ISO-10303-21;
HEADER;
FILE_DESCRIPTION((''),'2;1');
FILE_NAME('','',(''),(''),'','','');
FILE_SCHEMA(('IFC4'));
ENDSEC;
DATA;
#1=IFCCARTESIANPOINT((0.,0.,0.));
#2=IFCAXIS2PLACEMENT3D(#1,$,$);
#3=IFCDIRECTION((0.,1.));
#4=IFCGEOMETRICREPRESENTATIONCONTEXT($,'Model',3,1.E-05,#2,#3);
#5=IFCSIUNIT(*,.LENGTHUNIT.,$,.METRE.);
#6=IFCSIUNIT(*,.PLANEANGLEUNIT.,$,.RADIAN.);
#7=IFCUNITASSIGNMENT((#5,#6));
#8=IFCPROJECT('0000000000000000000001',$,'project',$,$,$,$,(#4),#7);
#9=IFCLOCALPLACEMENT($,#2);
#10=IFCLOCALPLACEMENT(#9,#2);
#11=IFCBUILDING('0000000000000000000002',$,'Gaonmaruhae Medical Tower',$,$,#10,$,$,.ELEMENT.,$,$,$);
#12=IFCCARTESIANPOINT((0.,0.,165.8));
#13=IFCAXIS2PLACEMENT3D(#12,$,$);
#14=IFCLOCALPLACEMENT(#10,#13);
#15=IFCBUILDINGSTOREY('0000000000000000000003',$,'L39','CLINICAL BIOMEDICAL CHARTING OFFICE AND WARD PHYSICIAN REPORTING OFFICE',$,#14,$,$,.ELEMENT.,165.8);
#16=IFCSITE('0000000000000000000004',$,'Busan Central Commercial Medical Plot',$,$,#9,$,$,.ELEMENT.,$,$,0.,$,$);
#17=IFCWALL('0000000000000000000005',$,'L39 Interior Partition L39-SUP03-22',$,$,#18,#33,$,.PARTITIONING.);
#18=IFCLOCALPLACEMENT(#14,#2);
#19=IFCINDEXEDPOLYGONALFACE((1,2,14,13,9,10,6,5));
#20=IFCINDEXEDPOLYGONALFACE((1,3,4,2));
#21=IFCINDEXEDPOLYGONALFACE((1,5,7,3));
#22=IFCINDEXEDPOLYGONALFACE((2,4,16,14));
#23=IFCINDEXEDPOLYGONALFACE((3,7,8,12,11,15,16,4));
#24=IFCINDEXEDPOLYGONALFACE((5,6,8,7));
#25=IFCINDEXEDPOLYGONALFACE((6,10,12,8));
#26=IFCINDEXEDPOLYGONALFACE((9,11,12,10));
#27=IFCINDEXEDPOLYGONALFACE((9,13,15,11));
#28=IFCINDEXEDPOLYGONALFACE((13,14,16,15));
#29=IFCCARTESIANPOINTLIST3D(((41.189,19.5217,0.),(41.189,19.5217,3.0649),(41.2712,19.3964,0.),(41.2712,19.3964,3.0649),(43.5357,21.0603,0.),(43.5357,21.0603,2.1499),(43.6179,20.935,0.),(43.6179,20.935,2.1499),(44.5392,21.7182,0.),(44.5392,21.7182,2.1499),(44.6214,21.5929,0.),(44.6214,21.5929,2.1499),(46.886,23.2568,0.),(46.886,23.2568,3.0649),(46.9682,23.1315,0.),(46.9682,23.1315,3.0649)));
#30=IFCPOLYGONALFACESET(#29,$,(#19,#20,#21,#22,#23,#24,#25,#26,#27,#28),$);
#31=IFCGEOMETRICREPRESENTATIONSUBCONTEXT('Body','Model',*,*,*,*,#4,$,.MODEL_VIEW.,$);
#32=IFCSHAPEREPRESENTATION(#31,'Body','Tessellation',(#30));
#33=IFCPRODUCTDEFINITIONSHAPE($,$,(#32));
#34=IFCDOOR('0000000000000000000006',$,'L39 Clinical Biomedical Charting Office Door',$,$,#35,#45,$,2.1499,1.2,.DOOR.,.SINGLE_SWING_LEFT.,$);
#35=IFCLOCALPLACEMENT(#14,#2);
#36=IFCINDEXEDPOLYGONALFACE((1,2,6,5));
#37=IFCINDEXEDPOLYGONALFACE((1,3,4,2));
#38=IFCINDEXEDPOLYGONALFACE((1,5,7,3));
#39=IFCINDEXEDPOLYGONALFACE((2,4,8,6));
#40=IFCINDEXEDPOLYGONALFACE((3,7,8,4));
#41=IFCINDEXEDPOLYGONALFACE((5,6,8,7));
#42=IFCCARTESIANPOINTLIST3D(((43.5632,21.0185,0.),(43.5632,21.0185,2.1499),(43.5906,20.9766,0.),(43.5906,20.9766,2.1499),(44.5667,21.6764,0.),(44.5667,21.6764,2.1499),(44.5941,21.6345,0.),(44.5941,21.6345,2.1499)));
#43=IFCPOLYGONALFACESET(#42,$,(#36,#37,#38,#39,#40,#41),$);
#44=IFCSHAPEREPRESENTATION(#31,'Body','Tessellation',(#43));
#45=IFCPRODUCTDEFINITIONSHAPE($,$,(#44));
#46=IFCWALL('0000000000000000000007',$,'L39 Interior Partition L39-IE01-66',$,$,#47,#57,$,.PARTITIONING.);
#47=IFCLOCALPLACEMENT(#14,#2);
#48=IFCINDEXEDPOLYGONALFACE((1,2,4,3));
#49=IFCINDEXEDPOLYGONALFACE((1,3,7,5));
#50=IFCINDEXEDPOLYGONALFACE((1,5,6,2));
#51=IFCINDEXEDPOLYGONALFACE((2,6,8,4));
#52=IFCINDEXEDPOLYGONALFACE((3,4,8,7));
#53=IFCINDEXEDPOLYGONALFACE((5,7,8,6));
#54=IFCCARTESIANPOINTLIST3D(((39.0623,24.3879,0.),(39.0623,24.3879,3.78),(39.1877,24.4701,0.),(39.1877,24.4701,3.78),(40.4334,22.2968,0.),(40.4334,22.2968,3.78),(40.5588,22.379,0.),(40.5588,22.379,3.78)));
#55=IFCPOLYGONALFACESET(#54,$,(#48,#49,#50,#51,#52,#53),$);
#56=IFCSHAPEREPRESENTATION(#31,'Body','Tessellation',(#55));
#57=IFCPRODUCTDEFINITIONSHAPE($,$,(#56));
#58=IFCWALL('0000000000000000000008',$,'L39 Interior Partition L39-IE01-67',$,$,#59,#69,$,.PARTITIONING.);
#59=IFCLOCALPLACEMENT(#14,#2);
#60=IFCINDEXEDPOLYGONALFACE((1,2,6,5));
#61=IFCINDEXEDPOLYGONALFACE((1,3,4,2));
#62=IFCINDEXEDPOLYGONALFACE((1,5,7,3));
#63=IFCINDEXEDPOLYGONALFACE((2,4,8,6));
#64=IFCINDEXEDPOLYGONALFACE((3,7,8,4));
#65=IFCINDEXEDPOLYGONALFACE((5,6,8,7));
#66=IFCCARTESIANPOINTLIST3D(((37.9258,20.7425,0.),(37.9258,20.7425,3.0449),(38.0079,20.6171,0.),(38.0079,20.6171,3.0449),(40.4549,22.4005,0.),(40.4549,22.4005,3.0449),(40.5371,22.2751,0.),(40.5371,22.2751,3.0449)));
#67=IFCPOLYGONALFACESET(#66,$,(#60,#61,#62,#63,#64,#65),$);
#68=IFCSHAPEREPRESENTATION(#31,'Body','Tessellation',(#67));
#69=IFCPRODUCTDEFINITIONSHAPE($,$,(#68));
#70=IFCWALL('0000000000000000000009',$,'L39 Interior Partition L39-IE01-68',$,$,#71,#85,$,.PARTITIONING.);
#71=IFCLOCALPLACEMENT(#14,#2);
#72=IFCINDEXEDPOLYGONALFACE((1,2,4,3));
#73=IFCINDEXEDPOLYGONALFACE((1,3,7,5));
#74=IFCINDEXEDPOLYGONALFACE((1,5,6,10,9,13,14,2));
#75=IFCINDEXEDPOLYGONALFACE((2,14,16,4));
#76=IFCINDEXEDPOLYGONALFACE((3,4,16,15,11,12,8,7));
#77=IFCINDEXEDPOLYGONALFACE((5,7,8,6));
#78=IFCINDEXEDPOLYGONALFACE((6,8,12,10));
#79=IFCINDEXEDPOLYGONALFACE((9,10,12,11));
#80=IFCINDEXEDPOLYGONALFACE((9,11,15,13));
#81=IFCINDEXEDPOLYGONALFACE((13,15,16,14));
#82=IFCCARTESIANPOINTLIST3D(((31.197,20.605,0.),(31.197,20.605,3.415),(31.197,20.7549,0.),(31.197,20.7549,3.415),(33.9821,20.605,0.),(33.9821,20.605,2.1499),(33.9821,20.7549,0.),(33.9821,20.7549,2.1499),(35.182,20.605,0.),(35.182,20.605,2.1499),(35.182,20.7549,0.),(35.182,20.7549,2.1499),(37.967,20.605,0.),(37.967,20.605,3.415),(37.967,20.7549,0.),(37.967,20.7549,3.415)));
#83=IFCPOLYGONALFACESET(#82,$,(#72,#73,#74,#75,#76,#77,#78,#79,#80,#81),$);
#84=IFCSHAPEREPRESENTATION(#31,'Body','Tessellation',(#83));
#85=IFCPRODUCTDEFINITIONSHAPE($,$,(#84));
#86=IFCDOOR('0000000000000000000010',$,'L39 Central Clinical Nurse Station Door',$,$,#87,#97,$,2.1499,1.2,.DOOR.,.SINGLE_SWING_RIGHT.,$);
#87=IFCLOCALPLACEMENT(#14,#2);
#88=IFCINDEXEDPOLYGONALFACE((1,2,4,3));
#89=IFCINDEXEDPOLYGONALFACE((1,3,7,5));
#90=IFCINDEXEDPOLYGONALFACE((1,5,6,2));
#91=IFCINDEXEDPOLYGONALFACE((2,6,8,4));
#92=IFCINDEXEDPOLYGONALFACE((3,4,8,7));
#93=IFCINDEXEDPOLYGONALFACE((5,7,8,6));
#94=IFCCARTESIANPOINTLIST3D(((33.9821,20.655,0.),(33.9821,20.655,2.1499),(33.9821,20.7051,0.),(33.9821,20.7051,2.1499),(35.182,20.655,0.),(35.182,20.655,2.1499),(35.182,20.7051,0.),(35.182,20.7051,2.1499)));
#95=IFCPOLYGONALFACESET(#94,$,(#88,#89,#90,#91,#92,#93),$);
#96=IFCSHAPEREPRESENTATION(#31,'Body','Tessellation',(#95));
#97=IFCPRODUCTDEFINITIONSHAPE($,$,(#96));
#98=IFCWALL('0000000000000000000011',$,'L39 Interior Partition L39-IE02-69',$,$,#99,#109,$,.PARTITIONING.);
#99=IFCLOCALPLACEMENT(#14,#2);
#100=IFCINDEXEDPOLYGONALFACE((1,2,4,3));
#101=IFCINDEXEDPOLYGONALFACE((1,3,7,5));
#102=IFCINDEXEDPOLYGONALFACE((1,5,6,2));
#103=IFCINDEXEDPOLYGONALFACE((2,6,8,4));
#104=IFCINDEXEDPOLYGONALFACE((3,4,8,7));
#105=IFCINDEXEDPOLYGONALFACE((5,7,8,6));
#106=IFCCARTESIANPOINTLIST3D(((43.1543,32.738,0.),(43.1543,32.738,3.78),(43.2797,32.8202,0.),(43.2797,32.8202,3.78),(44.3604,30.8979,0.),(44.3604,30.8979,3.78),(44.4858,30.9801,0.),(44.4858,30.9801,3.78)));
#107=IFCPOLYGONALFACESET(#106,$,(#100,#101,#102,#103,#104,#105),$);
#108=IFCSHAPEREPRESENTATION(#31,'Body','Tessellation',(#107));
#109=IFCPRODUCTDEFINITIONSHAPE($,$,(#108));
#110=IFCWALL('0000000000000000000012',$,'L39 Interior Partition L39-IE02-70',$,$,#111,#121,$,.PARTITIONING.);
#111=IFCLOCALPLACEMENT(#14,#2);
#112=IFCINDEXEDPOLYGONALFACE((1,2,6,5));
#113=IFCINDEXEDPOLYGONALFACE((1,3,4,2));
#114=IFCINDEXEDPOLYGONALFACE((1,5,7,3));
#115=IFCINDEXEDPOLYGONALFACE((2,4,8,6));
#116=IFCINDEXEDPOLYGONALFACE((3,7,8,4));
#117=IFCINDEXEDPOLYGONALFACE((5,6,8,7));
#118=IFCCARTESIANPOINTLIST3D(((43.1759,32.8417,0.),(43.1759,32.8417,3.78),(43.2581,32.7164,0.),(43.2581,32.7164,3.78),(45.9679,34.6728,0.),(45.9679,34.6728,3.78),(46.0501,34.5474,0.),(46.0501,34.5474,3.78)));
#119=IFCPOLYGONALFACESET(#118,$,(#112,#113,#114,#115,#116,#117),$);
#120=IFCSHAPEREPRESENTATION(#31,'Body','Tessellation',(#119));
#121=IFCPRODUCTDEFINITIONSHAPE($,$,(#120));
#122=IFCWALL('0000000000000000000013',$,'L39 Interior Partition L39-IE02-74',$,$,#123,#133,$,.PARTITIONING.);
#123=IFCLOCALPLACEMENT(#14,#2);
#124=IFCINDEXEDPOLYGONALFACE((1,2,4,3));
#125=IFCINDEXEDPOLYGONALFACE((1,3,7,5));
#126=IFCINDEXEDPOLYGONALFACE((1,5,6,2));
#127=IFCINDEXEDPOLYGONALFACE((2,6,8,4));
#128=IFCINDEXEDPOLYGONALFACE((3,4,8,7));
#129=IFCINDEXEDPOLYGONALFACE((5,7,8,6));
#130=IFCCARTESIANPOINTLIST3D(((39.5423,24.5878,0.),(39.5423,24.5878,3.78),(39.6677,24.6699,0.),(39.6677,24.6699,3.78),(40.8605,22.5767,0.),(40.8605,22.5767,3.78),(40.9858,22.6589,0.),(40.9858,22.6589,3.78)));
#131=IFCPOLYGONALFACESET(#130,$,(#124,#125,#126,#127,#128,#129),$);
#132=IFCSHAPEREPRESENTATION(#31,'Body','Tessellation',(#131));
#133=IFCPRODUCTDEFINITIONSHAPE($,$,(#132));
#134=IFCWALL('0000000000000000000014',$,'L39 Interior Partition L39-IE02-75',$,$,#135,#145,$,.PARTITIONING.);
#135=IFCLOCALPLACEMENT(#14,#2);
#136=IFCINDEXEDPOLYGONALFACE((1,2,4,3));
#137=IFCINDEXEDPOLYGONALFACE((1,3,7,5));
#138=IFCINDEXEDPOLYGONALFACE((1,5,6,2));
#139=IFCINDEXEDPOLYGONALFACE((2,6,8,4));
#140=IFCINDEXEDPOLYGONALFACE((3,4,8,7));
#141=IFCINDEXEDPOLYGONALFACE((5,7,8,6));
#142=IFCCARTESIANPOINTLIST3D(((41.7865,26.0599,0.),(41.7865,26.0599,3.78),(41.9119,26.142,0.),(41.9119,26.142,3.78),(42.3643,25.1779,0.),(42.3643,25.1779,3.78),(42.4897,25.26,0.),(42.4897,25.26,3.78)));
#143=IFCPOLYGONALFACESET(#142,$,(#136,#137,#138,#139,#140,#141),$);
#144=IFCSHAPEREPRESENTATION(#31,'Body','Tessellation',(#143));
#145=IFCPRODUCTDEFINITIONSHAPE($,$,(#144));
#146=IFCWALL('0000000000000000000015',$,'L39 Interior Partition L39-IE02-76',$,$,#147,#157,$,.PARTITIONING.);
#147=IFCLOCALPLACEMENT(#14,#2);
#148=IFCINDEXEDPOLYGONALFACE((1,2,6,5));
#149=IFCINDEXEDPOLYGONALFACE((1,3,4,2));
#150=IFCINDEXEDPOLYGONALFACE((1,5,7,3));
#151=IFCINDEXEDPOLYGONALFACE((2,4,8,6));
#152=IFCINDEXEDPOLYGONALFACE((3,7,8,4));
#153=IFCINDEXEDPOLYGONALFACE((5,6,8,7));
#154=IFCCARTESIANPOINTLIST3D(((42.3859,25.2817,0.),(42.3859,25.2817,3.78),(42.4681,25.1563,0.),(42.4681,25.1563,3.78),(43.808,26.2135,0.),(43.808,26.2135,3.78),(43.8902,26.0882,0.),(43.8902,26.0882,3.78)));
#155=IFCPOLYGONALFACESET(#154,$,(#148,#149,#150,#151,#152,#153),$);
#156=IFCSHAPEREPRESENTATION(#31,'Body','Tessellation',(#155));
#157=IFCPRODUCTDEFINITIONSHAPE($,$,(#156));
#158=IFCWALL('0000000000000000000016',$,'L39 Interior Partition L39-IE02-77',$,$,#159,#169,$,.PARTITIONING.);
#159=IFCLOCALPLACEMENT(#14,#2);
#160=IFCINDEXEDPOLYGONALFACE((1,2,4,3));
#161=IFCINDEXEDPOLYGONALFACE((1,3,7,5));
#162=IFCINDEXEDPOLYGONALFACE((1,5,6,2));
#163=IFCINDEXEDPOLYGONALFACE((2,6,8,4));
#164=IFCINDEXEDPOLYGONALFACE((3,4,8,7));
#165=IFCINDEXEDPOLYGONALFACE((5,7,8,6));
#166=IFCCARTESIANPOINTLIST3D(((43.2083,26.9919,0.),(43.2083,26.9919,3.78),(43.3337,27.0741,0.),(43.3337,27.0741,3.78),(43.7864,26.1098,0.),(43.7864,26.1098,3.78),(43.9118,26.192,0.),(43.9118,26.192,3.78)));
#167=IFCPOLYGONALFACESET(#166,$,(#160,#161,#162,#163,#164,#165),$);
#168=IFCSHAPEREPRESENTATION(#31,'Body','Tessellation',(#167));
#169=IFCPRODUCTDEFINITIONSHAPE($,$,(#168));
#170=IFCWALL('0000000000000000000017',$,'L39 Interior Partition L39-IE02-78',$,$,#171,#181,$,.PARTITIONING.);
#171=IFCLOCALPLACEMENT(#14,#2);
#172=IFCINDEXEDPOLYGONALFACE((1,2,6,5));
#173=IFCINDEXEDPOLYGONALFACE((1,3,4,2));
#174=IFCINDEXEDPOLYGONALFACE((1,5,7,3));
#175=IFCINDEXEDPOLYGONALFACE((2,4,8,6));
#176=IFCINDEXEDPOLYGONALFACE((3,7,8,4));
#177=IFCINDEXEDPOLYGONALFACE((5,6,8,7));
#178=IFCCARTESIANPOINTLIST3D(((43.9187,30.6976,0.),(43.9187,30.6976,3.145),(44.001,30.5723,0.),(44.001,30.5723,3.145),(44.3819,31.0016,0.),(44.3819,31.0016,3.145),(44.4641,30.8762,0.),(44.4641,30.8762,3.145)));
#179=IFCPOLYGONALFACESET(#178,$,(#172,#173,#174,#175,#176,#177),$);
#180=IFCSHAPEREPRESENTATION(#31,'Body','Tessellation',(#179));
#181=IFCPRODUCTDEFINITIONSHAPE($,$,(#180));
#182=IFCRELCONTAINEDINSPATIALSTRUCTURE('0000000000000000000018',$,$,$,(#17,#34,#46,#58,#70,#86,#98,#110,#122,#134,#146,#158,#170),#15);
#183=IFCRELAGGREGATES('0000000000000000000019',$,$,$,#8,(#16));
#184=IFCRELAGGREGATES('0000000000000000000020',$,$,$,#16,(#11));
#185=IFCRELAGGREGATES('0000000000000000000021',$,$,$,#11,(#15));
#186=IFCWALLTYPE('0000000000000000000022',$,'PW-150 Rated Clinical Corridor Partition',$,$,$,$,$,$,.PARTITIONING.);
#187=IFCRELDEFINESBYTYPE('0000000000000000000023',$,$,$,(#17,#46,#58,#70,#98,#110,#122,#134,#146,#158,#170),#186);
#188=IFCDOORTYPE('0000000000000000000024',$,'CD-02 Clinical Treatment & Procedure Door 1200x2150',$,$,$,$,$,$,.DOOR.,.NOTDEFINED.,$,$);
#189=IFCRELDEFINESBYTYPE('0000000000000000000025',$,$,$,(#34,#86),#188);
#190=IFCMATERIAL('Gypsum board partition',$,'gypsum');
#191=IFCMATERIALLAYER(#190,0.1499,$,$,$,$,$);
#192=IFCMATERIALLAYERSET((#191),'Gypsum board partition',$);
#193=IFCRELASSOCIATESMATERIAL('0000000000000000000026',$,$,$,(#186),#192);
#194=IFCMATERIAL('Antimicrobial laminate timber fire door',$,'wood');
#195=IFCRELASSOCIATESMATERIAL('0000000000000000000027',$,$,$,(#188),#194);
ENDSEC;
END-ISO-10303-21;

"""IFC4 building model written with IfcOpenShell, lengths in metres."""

from ifc_helpers import new_model, si_unit, direction, frame, frame_2d, origin, place, context, subcontext, project, spatial, rectangle, extrude, material, layer, layer_set, type_object, element, fill, save


model = new_model("IFC4")

# Units and contexts
model_context = context("Model", 3, precision=1e-05, world=origin(), true_north=direction((0.0, 1.0)))
body_context = subcontext(model_context, "Body", "Model", "MODEL_VIEW")
ifc_project = project(units=[si_unit("LENGTHUNIT", "METRE"), si_unit("PLANEANGLEUNIT", "RADIAN")], contexts=[model_context])

# Site, building, storey
site_placement = place(None, origin())
site = spatial("IfcSite", under=ifc_project, at=site_placement, Name="Busan Central Commercial Medical Plot", CompositionType="ELEMENT", RefElevation=0.0)
building_placement = place(site_placement, origin())
building = spatial("IfcBuilding", under=site, at=building_placement, Name="Gaonmaruhae Medical Tower", CompositionType="ELEMENT")
storey_placement = place(building_placement, frame((0.0, 0.0, 165.8)))
storey = spatial("IfcBuildingStorey", under=building, at=storey_placement, Name="L39", Description="CLINICAL BIOMEDICAL CHARTING OFFICE AND WARD PHYSICIAN REPORTING OFFICE", CompositionType="ELEMENT", Elevation=165.8)

# Wall, opening, door
ifc_material_1 = material(Name="Gypsum board partition", Category="gypsum")
ifc_layer_1 = layer(ifc_material_1, 0.1499)
ifc_layer_set_1 = layer_set([ifc_layer_1], Name="Gypsum board partition")
wall_type_1 = type_object("IfcWallType", Name="PW-150 Rated Clinical Corridor Partition", PredefinedType="PARTITIONING", material=ifc_layer_set_1)
wall_1_placement = place(storey_placement, frame((41.23, 19.459, 0.0), z_axis=(0.0, 0.0, 1.0), x_axis=(0.836288, 0.548291, 0.0)))
wall_1 = element("IfcWall", 1, at=wall_1_placement, inside=storey, type_object=wall_type_1, Name="L39 Interior Partition L39-SUP03-22", PredefinedType="PARTITIONING", context=body_context, shape_type="SweptSolid", body=[
    extrude(rectangle(XDim=6.8123, YDim=0.1499, at=frame_2d((3.4062, 0.0))), origin(), (0.0, 0.0, 1.0), 3.0649),
])
opening_1_placement = place(wall_1_placement, frame((2.8062, 0.0, 0.0)))
opening_1 = element("IfcOpeningElement", 2, at=opening_1_placement, cuts=wall_1, PredefinedType="OPENING", context=body_context, shape_type="SweptSolid", body=[
    extrude(rectangle(XDim=1.2, YDim=2.1499, at=frame_2d((0.6001, 1.075))), frame((0.0, 0.085, 0.0), z_axis=(0.0, -1.0, 0.0), x_axis=(1.0, 0.0, 0.0)), (0.0, 0.0, 1.0), 0.1699),
])
ifc_material_2 = material(Name="Antimicrobial laminate timber fire door", Category="wood")
door_type_1 = type_object("IfcDoorType", Name="CD-02 Clinical Treatment & Procedure Door 1200x2150", OperationType="NOTDEFINED", PredefinedType="DOOR", material=ifc_material_2)
door_1_placement = place(opening_1_placement, origin())
door_1 = element("IfcDoor", 3, at=door_1_placement, inside=storey, type_object=door_type_1, Name="L39 Clinical Biomedical Charting Office Door", OperationType="SINGLE_SWING_LEFT", OverallHeight=2.1499, OverallWidth=1.2, PredefinedType="DOOR", context=body_context, shape_type="SweptSolid", body=[
    extrude(rectangle(XDim=1.2, YDim=2.1499, at=frame_2d((0.6001, 1.075))), frame((0.0, 0.0249, 0.0), z_axis=(0.0, -1.0, 0.0), x_axis=(1.0, 0.0, 0.0)), (0.0, 0.0, 1.0), 0.05),
])
fill(opening_1, door_1)

# Walls
wall_2_placement = place(storey_placement, frame((39.125, 24.429, 0.0), z_axis=(0.0, 0.0, 1.0), x_axis=(0.54833, -0.836262, 0.0)))
element("IfcWall", 4, at=wall_2_placement, inside=storey, type_object=wall_type_1, Name="L39 Interior Partition L39-IE01-66", PredefinedType="PARTITIONING", context=body_context, shape_type="SweptSolid", body=[
    extrude(rectangle(XDim=2.5005, YDim=0.1499, at=frame_2d((1.2502, 0.0))), origin(), (0.0, 0.0, 1.0), 3.78),
])
wall_3_placement = place(storey_placement, frame((40.4961, 22.3379, 0.0), z_axis=(0.0, 0.0, 1.0), x_axis=(-0.836311, -0.548256, 0.0)))
element("IfcWall", 5, at=wall_3_placement, inside=storey, type_object=wall_type_1, Name="L39 Interior Partition L39-IE01-67", PredefinedType="PARTITIONING", context=body_context, shape_type="SweptSolid", body=[
    extrude(rectangle(XDim=3.0242, YDim=0.1499, at=frame_2d((1.5122, 0.0))), origin(), (0.0, 0.0, 1.0), 3.0449),
])

# Wall, opening, door
wall_4_placement = place(storey_placement, frame((37.967, 20.6799, 0.0), z_axis=(0.0, 0.0, 1.0), x_axis=(-1.0, 0.0, 0.0)))
wall_4 = element("IfcWall", 6, at=wall_4_placement, inside=storey, type_object=wall_type_1, Name="L39 Interior Partition L39-IE01-68", PredefinedType="PARTITIONING", context=body_context, shape_type="SweptSolid", body=[
    extrude(rectangle(XDim=6.77, YDim=0.1499, at=frame_2d((3.385, 0.0))), origin(), (0.0, 0.0, 1.0), 3.415),
])
opening_2_placement = place(wall_4_placement, frame((2.7849, 0.0, 0.0)))
opening_2 = element("IfcOpeningElement", 7, at=opening_2_placement, cuts=wall_4, PredefinedType="OPENING", context=body_context, shape_type="SweptSolid", body=[
    extrude(rectangle(XDim=1.2, YDim=2.1499, at=frame_2d((0.6001, 1.075))), frame((0.0, 0.085, 0.0), z_axis=(0.0, -1.0, 0.0), x_axis=(1.0, 0.0, 0.0)), (0.0, 0.0, 1.0), 0.1699),
])
door_2_placement = place(opening_2_placement, origin())
door_2 = element("IfcDoor", 8, at=door_2_placement, inside=storey, type_object=door_type_1, Name="L39 Central Clinical Nurse Station Door", OperationType="SINGLE_SWING_RIGHT", OverallHeight=2.1499, OverallWidth=1.2, PredefinedType="DOOR", context=body_context, shape_type="SweptSolid", body=[
    extrude(rectangle(XDim=1.2, YDim=2.1499, at=frame_2d((0.6001, 1.075))), frame((0.0, 0.0249, 0.0), z_axis=(0.0, -1.0, 0.0), x_axis=(1.0, 0.0, 0.0)), (0.0, 0.0, 1.0), 0.05),
])
fill(opening_2, door_2)

# Walls
wall_5_placement = place(storey_placement, frame((44.4231, 30.939, 0.0), z_axis=(0.0, 0.0, 1.0), x_axis=(-0.548179, 0.836361, 0.0)))
element("IfcWall", 9, at=wall_5_placement, inside=storey, type_object=wall_type_1, Name="L39 Interior Partition L39-IE02-69", PredefinedType="PARTITIONING", context=body_context, shape_type="SweptSolid", body=[
    extrude(rectangle(XDim=2.2002, YDim=0.1499, at=frame_2d((1.1001, 0.0))), origin(), (0.0, 0.0, 1.0), 3.78),
])
wall_6_placement = place(storey_placement, frame((43.217, 32.7791, 0.0), z_axis=(0.0, 0.0, 1.0), x_axis=(0.836211, 0.548407, 0.0)))
element("IfcWall", 10, at=wall_6_placement, inside=storey, type_object=wall_type_1, Name="L39 Interior Partition L39-IE02-70", PredefinedType="PARTITIONING", context=body_context, shape_type="SweptSolid", body=[
    extrude(rectangle(XDim=3.3389, YDim=0.1499, at=frame_2d((1.6694, 0.0))), origin(), (0.0, 0.0, 1.0), 3.78),
])
wall_7_placement = place(storey_placement, frame((40.9231, 22.6179, 0.0), z_axis=(0.0, 0.0, 1.0), x_axis=(-0.548193, 0.836352, 0.0)))
element("IfcWall", 11, at=wall_7_placement, inside=storey, type_object=wall_type_1, Name="L39 Interior Partition L39-IE02-74", PredefinedType="PARTITIONING", context=body_context, shape_type="SweptSolid", body=[
    extrude(rectangle(XDim=2.4045, YDim=0.1499, at=frame_2d((1.2021, 0.0))), origin(), (0.0, 0.0, 1.0), 3.78),
])
wall_8_placement = place(storey_placement, frame((41.8491, 26.1011, 0.0), z_axis=(0.0, 0.0, 1.0), x_axis=(0.548004, -0.836476, 0.0)))
element("IfcWall", 12, at=wall_8_placement, inside=storey, type_object=wall_type_1, Name="L39 Interior Partition L39-IE02-75", PredefinedType="PARTITIONING", context=body_context, shape_type="SweptSolid", body=[
    extrude(rectangle(XDim=1.0544, YDim=0.1499, at=frame_2d((0.5273, 0.0))), origin(), (0.0, 0.0, 1.0), 3.78),
])
wall_9_placement = place(storey_placement, frame((42.427, 25.219, 0.0), z_axis=(0.0, 0.0, 1.0), x_axis=(0.83642, 0.548089, 0.0)))
element("IfcWall", 13, at=wall_9_placement, inside=storey, type_object=wall_type_1, Name="L39 Interior Partition L39-IE02-76", PredefinedType="PARTITIONING", context=body_context, shape_type="SweptSolid", body=[
    extrude(rectangle(XDim=1.7002, YDim=0.1499, at=frame_2d((0.8501, 0.0))), origin(), (0.0, 0.0, 1.0), 3.78),
])
wall_10_placement = place(storey_placement, frame((43.8491, 26.1509, 0.0), z_axis=(0.0, 0.0, 1.0), x_axis=(-0.548166, 0.83637, 0.0)))
element("IfcWall", 14, at=wall_10_placement, inside=storey, type_object=wall_type_1, Name="L39 Interior Partition L39-IE02-77", PredefinedType="PARTITIONING", context=body_context, shape_type="SweptSolid", body=[
    extrude(rectangle(XDim=1.0547, YDim=0.1499, at=frame_2d((0.5273, 0.0))), origin(), (0.0, 0.0, 1.0), 3.78),
])
wall_11_placement = place(storey_placement, frame((43.96, 30.635, 0.0), z_axis=(0.0, 0.0, 1.0), x_axis=(0.836029, 0.548685, 0.0)))
element("IfcWall", 15, at=wall_11_placement, inside=storey, type_object=wall_type_1, Name="L39 Interior Partition L39-IE02-78", PredefinedType="PARTITIONING", context=body_context, shape_type="SweptSolid", body=[
    extrude(rectangle(XDim=0.554, YDim=0.1499, at=frame_2d((0.2769, 0.0))), origin(), (0.0, 0.0, 1.0), 3.145),
])

save(model, "model.ifc")
